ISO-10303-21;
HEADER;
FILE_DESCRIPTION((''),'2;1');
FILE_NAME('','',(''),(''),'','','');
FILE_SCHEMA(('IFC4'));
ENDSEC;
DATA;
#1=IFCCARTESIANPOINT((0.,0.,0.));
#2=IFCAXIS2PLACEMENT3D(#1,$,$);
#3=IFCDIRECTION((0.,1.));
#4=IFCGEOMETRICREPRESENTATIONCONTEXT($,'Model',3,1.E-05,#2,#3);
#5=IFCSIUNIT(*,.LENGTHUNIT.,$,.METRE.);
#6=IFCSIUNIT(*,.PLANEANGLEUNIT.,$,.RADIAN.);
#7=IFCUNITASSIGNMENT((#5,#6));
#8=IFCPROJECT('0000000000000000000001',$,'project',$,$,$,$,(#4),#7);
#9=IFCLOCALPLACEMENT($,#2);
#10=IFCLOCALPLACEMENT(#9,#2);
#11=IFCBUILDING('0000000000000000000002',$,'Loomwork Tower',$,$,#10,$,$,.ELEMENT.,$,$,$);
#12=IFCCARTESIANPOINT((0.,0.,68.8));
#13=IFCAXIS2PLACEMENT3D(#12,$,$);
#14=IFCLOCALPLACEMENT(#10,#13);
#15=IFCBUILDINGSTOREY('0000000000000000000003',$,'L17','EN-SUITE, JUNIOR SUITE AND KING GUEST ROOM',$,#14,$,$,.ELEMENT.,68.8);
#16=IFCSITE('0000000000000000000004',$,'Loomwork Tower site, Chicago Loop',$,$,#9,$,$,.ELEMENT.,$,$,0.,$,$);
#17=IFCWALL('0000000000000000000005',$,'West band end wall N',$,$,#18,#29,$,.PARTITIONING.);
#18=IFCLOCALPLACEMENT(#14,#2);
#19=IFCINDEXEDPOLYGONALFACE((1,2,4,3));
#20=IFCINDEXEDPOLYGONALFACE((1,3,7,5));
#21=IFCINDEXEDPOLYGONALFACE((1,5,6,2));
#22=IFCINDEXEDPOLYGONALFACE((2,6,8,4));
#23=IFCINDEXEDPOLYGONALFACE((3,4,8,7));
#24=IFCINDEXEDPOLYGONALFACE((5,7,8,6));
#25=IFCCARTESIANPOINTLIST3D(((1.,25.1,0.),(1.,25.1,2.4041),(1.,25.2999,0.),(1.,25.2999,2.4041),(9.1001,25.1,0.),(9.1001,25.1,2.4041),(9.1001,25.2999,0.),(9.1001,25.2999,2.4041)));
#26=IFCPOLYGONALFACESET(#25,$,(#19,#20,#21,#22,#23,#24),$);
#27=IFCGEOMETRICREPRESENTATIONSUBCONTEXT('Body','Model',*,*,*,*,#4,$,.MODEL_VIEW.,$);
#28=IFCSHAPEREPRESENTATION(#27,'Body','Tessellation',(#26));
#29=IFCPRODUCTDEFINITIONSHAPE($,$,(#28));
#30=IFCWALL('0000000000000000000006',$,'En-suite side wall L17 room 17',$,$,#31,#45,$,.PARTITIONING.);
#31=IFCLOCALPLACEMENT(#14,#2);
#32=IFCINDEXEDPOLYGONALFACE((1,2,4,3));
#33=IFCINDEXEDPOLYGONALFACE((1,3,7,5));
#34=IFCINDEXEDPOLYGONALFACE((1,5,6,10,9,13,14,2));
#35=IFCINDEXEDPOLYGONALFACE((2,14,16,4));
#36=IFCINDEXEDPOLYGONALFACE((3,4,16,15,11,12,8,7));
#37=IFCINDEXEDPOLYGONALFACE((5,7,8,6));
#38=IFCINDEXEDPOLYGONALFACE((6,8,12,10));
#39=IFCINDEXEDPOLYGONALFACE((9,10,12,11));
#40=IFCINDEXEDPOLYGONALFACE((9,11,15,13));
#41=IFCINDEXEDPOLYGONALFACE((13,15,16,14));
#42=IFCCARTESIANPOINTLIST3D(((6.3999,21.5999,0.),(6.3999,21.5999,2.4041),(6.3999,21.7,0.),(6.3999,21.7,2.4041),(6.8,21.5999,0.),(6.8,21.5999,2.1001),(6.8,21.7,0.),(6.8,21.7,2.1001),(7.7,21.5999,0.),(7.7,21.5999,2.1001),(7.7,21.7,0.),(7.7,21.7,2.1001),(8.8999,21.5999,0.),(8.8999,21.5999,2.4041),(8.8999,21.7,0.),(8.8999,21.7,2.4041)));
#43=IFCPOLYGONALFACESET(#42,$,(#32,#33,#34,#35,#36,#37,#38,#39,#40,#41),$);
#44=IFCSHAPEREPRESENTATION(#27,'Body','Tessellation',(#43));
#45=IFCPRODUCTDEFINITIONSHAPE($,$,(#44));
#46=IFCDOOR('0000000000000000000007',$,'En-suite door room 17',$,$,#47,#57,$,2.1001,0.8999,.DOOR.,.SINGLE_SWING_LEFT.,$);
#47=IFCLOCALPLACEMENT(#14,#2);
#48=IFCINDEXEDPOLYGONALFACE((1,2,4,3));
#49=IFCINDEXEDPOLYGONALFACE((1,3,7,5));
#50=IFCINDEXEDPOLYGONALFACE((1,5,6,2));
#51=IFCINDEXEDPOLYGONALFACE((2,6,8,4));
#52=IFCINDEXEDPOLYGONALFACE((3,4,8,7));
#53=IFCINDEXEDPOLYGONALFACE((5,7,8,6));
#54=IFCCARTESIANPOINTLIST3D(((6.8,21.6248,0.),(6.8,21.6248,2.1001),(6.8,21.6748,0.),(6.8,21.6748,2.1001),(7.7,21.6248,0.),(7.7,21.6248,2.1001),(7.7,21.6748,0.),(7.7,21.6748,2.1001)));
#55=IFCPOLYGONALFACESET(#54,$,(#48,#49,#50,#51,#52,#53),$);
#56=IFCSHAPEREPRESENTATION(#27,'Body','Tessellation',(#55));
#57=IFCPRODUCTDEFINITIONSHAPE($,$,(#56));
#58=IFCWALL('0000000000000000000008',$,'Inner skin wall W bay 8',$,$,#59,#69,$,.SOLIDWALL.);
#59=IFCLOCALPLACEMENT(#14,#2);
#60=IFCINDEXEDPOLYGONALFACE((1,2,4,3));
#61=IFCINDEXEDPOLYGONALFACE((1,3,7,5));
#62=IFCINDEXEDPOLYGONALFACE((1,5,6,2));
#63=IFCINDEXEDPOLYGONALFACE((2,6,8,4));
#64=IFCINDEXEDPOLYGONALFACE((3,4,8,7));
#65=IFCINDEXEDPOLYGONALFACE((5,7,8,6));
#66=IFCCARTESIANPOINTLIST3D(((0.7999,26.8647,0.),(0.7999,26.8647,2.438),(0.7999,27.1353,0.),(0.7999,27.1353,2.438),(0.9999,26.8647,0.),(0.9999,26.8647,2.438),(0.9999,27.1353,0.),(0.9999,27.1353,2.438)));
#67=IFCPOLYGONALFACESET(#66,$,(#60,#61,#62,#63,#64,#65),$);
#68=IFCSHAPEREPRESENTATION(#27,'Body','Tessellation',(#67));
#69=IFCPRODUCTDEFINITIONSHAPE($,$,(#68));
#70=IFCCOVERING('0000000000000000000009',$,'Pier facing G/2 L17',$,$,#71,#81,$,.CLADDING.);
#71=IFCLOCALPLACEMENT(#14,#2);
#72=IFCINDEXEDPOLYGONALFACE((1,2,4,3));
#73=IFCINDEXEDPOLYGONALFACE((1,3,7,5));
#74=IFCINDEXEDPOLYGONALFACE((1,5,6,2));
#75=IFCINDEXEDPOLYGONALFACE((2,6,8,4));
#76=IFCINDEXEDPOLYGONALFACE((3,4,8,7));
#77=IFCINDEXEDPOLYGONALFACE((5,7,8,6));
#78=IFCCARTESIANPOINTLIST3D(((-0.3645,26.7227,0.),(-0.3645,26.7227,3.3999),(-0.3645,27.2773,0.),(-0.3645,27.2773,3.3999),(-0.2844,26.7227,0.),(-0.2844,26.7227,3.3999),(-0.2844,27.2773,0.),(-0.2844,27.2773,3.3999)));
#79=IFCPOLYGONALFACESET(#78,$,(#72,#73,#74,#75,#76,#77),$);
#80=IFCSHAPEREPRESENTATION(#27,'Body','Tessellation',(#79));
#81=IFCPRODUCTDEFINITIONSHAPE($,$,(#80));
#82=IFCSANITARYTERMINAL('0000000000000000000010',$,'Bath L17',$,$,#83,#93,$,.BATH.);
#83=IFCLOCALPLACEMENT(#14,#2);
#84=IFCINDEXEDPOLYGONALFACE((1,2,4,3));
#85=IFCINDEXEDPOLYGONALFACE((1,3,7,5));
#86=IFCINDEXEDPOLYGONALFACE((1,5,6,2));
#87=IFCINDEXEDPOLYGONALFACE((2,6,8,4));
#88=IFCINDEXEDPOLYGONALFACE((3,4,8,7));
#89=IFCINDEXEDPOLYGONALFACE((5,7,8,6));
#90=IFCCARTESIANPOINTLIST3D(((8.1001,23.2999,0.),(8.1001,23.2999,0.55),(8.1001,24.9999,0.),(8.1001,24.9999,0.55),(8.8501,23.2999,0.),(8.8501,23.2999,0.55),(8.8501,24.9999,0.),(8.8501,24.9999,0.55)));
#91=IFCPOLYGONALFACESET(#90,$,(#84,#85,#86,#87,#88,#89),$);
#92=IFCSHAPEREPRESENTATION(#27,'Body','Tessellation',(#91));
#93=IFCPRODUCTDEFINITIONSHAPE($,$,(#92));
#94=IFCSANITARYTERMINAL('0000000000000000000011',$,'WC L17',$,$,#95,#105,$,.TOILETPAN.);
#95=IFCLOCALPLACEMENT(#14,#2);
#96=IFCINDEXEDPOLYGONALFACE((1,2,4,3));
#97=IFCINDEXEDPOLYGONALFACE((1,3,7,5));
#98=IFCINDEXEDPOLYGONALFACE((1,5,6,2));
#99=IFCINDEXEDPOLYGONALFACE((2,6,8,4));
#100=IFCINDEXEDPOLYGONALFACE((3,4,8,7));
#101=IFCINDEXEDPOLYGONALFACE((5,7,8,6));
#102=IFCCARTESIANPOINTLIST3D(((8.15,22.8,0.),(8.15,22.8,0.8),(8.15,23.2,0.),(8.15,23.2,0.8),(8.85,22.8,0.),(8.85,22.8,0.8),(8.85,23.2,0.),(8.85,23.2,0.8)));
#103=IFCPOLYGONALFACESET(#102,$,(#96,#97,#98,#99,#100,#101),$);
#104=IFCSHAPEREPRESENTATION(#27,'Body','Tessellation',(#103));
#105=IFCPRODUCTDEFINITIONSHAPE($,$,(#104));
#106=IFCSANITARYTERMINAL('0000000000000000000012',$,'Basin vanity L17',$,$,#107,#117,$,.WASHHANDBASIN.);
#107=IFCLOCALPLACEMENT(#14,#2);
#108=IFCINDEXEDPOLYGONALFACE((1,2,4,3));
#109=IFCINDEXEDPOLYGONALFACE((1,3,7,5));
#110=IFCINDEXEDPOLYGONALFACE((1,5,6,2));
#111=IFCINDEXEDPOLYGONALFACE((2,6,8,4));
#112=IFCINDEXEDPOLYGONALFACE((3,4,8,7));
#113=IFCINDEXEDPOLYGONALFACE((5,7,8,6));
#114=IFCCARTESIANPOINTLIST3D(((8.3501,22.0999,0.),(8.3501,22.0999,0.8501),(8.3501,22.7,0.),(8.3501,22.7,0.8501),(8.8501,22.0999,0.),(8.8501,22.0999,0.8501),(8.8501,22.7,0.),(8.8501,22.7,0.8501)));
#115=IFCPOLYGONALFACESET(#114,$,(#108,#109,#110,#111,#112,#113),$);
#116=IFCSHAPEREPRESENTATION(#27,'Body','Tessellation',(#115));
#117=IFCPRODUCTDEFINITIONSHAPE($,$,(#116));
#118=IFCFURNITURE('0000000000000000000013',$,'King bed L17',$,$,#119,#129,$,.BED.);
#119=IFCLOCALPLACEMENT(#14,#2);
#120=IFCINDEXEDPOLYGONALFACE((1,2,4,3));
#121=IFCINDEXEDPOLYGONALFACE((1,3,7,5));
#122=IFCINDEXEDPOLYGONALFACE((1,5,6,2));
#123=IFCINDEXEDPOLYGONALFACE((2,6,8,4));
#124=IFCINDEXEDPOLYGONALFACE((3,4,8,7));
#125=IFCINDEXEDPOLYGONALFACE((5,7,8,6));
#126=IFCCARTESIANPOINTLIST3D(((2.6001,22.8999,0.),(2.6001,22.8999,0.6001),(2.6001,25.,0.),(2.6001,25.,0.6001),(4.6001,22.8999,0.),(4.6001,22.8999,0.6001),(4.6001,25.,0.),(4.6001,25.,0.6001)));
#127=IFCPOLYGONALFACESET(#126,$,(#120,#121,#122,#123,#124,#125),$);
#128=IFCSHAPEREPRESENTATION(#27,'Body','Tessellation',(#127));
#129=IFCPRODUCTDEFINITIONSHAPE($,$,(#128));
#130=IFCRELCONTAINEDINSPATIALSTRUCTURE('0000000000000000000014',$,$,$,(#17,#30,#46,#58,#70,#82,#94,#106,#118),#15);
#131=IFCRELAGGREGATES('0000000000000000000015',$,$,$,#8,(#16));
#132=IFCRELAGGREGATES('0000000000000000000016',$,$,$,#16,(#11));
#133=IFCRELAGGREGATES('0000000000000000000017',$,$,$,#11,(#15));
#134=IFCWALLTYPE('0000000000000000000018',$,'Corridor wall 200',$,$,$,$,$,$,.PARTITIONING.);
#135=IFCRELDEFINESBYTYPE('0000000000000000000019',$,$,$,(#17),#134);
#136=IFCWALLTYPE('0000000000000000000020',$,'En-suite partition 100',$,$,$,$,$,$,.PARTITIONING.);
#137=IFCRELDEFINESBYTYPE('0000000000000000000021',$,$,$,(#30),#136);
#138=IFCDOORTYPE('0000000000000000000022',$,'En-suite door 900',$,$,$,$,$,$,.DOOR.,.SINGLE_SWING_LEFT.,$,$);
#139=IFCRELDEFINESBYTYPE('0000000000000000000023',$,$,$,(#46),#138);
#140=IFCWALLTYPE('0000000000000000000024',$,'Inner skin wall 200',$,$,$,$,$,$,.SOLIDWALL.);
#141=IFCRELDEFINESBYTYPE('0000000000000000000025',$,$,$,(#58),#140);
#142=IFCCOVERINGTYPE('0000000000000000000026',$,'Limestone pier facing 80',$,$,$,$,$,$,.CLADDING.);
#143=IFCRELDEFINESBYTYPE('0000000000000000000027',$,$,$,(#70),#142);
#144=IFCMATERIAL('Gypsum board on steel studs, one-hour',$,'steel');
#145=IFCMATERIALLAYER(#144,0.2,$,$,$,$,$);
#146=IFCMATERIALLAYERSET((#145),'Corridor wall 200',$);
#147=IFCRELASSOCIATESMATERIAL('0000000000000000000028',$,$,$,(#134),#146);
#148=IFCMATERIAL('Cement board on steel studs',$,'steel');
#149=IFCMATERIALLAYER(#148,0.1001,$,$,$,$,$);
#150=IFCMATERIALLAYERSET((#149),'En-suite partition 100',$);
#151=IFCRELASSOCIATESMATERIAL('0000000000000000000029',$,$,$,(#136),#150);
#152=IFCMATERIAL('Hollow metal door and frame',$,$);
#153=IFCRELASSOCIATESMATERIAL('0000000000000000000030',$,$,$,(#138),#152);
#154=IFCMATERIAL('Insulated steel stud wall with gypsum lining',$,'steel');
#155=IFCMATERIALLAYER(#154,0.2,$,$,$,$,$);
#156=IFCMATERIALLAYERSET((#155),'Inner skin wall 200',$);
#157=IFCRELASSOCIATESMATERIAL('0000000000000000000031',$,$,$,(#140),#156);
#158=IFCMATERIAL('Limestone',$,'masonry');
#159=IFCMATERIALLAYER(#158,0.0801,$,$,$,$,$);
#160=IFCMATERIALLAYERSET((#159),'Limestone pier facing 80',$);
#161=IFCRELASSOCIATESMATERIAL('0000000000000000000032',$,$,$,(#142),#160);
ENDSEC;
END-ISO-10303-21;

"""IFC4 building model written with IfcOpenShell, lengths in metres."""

from ifc_helpers import new_model, si_unit, direction, frame, frame_2d, origin, origin_2d, place, context, subcontext, project, spatial, rectangle, extrude, material, layer, layer_set, type_object, element, fill, save


model = new_model("IFC4")

# Units and contexts
model_context = context("Model", 3, precision=1e-05, world=origin(), true_north=direction((0.0, 1.0)))
body_context = subcontext(model_context, "Body", "Model", "MODEL_VIEW")
ifc_project = project(units=[si_unit("LENGTHUNIT", "METRE"), si_unit("PLANEANGLEUNIT", "RADIAN")], contexts=[model_context])

# Site, building, storey
site_placement = place(None, origin())
site = spatial("IfcSite", under=ifc_project, at=site_placement, Name="Loomwork Tower site, Chicago Loop", CompositionType="ELEMENT", RefElevation=0.0)
building_placement = place(site_placement, origin())
building = spatial("IfcBuilding", under=site, at=building_placement, Name="Loomwork Tower", CompositionType="ELEMENT")
storey_placement = place(building_placement, frame((0.0, 0.0, 68.8)))
storey = spatial("IfcBuildingStorey", under=building, at=storey_placement, Name="L17", Description="EN-SUITE, JUNIOR SUITE AND KING GUEST ROOM", CompositionType="ELEMENT", Elevation=68.8)

# Shared definitions
ifc_material_1 = material(Name="Gypsum board on steel studs, one-hour", Category="steel")
ifc_layer_1 = layer(ifc_material_1, 0.2)
ifc_layer_set_1 = layer_set([ifc_layer_1], Name="Corridor wall 200")
wall_type_1 = type_object("IfcWallType", Name="Corridor wall 200", PredefinedType="PARTITIONING", material=ifc_layer_set_1)

# Wall
wall_1_placement = place(storey_placement, frame((1.0, 25.2, 0.0), z_axis=(0.0, 0.0, 1.0), x_axis=(1.0, 0.0, 0.0)))
element("IfcWall", 1, at=wall_1_placement, inside=storey, type_object=wall_type_1, Name="West band end wall N", PredefinedType="PARTITIONING", context=body_context, shape_type="SweptSolid", body=[
    extrude(rectangle(XDim=8.1001, YDim=0.2, at=frame_2d((4.05, 0.0))), origin(), (0.0, 0.0, 1.0), 2.4041),
])

# Wall, opening, door
ifc_material_2 = material(Name="Cement board on steel studs", Category="steel")
ifc_layer_2 = layer(ifc_material_2, 0.1001)
ifc_layer_set_2 = layer_set([ifc_layer_2], Name="En-suite partition 100")
wall_type_2 = type_object("IfcWallType", Name="En-suite partition 100", PredefinedType="PARTITIONING", material=ifc_layer_set_2)
wall_2_placement = place(storey_placement, frame((8.8999, 21.6499, 0.0), z_axis=(0.0, 0.0, 1.0), x_axis=(-1.0, 0.0, 0.0)))
wall_2 = element("IfcWall", 2, at=wall_2_placement, inside=storey, type_object=wall_type_2, Name="En-suite side wall L17 room 17", PredefinedType="PARTITIONING", context=body_context, shape_type="SweptSolid", body=[
    extrude(rectangle(XDim=2.5, YDim=0.1001, at=frame_2d((1.25, 0.0))), origin(), (0.0, 0.0, 1.0), 2.4041),
])
opening_1_placement = place(wall_2_placement, frame((1.2, 0.0, 0.0)))
opening_1 = element("IfcOpeningElement", 3, at=opening_1_placement, cuts=wall_2, PredefinedType="OPENING", context=body_context, shape_type="SweptSolid", body=[
    extrude(rectangle(XDim=0.8999, YDim=2.1001, at=frame_2d((0.45, 1.05))), frame((0.0, 0.0601, 0.0), z_axis=(0.0, -1.0, 0.0), x_axis=(1.0, 0.0, 0.0)), (0.0, 0.0, 1.0), 0.1201),
])
ifc_material_3 = material(Name="Hollow metal door and frame")
door_type_1 = type_object("IfcDoorType", Name="En-suite door 900", OperationType="SINGLE_SWING_LEFT", PredefinedType="DOOR", material=ifc_material_3)
door_1_placement = place(opening_1_placement, frame((0.8999, 0.0, 0.0), z_axis=(0.0, 0.0, 1.0), x_axis=(-1.0, 0.0, 0.0)))
door_1 = element("IfcDoor", 4, at=door_1_placement, inside=storey, type_object=door_type_1, Name="En-suite door room 17", OperationType="SINGLE_SWING_LEFT", OverallHeight=2.1001, OverallWidth=0.8999, PredefinedType="DOOR", context=body_context, shape_type="SweptSolid", body=[
    extrude(rectangle(XDim=0.8999, YDim=2.1001, at=frame_2d((0.45, 1.05))), frame((0.0, 0.0249, 0.0), z_axis=(0.0, -1.0, 0.0), x_axis=(1.0, 0.0, 0.0)), (0.0, 0.0, 1.0), 0.05),
])
fill(opening_1, door_1)

# Wall
ifc_material_4 = material(Name="Insulated steel stud wall with gypsum lining", Category="steel")
ifc_layer_3 = layer(ifc_material_4, 0.2)
ifc_layer_set_3 = layer_set([ifc_layer_3], Name="Inner skin wall 200")
wall_type_3 = type_object("IfcWallType", Name="Inner skin wall 200", PredefinedType="SOLIDWALL", material=ifc_layer_set_3)
wall_3_placement = place(storey_placement, frame((0.8999, 26.8647, 0.0), z_axis=(0.0, 0.0, 1.0), x_axis=(0.0, 1.0, 0.0)))
element("IfcWall", 5, at=wall_3_placement, inside=storey, type_object=wall_type_3, Name="Inner skin wall W bay 8", PredefinedType="SOLIDWALL", context=body_context, shape_type="SweptSolid", body=[
    extrude(rectangle(XDim=0.2705, YDim=0.2, at=frame_2d((0.1353, 0.0))), origin(), (0.0, 0.0, 1.0), 2.438),
])

# Covering
ifc_material_5 = material(Name="Limestone", Category="masonry")
ifc_layer_4 = layer(ifc_material_5, 0.0801)
ifc_layer_set_4 = layer_set([ifc_layer_4], Name="Limestone pier facing 80")
covering_type = type_object("IfcCoveringType", Name="Limestone pier facing 80", PredefinedType="CLADDING", material=ifc_layer_set_4)
covering_placement = place(storey_placement, frame((-0.3245, 27.0, 0.0), z_axis=(0.0, 0.0, 1.0), x_axis=(1.0, 0.0, 0.0)))
element("IfcCovering", 6, at=covering_placement, inside=storey, type_object=covering_type, Name="Pier facing G/2 L17", PredefinedType="CLADDING", context=body_context, shape_type="SweptSolid", body=[
    extrude(rectangle(XDim=0.0801, YDim=0.5547, at=origin_2d()), origin(), (0.0, 0.0, 1.0), 3.3999),
])

# Sanitary terminals
sanitary_terminal_1_placement = place(storey_placement, frame((8.4751, 24.1499, 0.0), z_axis=(0.0, 0.0, 1.0), x_axis=(1.0, 0.0, 0.0)))
element("IfcSanitaryTerminal", 7, at=sanitary_terminal_1_placement, inside=storey, Name="Bath L17", PredefinedType="BATH", context=body_context, shape_type="SweptSolid", body=[
    extrude(rectangle(XDim=0.75, YDim=1.7, at=origin_2d()), origin(), (0.0, 0.0, 1.0), 0.55),
])
sanitary_terminal_2_placement = place(storey_placement, frame((8.5, 23.0, 0.0), z_axis=(0.0, 0.0, 1.0), x_axis=(1.0, 0.0, 0.0)))
element("IfcSanitaryTerminal", 8, at=sanitary_terminal_2_placement, inside=storey, Name="WC L17", PredefinedType="TOILETPAN", context=body_context, shape_type="SweptSolid", body=[
    extrude(rectangle(XDim=0.7, YDim=0.3999, at=origin_2d()), origin(), (0.0, 0.0, 1.0), 0.8),
])
sanitary_terminal_3_placement = place(storey_placement, frame((8.6001, 22.3999, 0.0), z_axis=(0.0, 0.0, 1.0), x_axis=(1.0, 0.0, 0.0)))
element("IfcSanitaryTerminal", 9, at=sanitary_terminal_3_placement, inside=storey, Name="Basin vanity L17", PredefinedType="WASHHANDBASIN", context=body_context, shape_type="SweptSolid", body=[
    extrude(rectangle(XDim=0.5, YDim=0.6001, at=origin_2d()), origin(), (0.0, 0.0, 1.0), 0.8501),
])

# Furniture
furniture_placement = place(storey_placement, frame((3.6001, 23.95, 0.0), z_axis=(0.0, 0.0, 1.0), x_axis=(1.0, 0.0, 0.0)))
element("IfcFurniture", 10, at=furniture_placement, inside=storey, Name="King bed L17", PredefinedType="BED", context=body_context, shape_type="SweptSolid", body=[
    extrude(rectangle(XDim=2.0, YDim=2.1001, at=origin_2d()), origin(), (0.0, 0.0, 1.0), 0.6001),
])

save(model, "model.ifc")
